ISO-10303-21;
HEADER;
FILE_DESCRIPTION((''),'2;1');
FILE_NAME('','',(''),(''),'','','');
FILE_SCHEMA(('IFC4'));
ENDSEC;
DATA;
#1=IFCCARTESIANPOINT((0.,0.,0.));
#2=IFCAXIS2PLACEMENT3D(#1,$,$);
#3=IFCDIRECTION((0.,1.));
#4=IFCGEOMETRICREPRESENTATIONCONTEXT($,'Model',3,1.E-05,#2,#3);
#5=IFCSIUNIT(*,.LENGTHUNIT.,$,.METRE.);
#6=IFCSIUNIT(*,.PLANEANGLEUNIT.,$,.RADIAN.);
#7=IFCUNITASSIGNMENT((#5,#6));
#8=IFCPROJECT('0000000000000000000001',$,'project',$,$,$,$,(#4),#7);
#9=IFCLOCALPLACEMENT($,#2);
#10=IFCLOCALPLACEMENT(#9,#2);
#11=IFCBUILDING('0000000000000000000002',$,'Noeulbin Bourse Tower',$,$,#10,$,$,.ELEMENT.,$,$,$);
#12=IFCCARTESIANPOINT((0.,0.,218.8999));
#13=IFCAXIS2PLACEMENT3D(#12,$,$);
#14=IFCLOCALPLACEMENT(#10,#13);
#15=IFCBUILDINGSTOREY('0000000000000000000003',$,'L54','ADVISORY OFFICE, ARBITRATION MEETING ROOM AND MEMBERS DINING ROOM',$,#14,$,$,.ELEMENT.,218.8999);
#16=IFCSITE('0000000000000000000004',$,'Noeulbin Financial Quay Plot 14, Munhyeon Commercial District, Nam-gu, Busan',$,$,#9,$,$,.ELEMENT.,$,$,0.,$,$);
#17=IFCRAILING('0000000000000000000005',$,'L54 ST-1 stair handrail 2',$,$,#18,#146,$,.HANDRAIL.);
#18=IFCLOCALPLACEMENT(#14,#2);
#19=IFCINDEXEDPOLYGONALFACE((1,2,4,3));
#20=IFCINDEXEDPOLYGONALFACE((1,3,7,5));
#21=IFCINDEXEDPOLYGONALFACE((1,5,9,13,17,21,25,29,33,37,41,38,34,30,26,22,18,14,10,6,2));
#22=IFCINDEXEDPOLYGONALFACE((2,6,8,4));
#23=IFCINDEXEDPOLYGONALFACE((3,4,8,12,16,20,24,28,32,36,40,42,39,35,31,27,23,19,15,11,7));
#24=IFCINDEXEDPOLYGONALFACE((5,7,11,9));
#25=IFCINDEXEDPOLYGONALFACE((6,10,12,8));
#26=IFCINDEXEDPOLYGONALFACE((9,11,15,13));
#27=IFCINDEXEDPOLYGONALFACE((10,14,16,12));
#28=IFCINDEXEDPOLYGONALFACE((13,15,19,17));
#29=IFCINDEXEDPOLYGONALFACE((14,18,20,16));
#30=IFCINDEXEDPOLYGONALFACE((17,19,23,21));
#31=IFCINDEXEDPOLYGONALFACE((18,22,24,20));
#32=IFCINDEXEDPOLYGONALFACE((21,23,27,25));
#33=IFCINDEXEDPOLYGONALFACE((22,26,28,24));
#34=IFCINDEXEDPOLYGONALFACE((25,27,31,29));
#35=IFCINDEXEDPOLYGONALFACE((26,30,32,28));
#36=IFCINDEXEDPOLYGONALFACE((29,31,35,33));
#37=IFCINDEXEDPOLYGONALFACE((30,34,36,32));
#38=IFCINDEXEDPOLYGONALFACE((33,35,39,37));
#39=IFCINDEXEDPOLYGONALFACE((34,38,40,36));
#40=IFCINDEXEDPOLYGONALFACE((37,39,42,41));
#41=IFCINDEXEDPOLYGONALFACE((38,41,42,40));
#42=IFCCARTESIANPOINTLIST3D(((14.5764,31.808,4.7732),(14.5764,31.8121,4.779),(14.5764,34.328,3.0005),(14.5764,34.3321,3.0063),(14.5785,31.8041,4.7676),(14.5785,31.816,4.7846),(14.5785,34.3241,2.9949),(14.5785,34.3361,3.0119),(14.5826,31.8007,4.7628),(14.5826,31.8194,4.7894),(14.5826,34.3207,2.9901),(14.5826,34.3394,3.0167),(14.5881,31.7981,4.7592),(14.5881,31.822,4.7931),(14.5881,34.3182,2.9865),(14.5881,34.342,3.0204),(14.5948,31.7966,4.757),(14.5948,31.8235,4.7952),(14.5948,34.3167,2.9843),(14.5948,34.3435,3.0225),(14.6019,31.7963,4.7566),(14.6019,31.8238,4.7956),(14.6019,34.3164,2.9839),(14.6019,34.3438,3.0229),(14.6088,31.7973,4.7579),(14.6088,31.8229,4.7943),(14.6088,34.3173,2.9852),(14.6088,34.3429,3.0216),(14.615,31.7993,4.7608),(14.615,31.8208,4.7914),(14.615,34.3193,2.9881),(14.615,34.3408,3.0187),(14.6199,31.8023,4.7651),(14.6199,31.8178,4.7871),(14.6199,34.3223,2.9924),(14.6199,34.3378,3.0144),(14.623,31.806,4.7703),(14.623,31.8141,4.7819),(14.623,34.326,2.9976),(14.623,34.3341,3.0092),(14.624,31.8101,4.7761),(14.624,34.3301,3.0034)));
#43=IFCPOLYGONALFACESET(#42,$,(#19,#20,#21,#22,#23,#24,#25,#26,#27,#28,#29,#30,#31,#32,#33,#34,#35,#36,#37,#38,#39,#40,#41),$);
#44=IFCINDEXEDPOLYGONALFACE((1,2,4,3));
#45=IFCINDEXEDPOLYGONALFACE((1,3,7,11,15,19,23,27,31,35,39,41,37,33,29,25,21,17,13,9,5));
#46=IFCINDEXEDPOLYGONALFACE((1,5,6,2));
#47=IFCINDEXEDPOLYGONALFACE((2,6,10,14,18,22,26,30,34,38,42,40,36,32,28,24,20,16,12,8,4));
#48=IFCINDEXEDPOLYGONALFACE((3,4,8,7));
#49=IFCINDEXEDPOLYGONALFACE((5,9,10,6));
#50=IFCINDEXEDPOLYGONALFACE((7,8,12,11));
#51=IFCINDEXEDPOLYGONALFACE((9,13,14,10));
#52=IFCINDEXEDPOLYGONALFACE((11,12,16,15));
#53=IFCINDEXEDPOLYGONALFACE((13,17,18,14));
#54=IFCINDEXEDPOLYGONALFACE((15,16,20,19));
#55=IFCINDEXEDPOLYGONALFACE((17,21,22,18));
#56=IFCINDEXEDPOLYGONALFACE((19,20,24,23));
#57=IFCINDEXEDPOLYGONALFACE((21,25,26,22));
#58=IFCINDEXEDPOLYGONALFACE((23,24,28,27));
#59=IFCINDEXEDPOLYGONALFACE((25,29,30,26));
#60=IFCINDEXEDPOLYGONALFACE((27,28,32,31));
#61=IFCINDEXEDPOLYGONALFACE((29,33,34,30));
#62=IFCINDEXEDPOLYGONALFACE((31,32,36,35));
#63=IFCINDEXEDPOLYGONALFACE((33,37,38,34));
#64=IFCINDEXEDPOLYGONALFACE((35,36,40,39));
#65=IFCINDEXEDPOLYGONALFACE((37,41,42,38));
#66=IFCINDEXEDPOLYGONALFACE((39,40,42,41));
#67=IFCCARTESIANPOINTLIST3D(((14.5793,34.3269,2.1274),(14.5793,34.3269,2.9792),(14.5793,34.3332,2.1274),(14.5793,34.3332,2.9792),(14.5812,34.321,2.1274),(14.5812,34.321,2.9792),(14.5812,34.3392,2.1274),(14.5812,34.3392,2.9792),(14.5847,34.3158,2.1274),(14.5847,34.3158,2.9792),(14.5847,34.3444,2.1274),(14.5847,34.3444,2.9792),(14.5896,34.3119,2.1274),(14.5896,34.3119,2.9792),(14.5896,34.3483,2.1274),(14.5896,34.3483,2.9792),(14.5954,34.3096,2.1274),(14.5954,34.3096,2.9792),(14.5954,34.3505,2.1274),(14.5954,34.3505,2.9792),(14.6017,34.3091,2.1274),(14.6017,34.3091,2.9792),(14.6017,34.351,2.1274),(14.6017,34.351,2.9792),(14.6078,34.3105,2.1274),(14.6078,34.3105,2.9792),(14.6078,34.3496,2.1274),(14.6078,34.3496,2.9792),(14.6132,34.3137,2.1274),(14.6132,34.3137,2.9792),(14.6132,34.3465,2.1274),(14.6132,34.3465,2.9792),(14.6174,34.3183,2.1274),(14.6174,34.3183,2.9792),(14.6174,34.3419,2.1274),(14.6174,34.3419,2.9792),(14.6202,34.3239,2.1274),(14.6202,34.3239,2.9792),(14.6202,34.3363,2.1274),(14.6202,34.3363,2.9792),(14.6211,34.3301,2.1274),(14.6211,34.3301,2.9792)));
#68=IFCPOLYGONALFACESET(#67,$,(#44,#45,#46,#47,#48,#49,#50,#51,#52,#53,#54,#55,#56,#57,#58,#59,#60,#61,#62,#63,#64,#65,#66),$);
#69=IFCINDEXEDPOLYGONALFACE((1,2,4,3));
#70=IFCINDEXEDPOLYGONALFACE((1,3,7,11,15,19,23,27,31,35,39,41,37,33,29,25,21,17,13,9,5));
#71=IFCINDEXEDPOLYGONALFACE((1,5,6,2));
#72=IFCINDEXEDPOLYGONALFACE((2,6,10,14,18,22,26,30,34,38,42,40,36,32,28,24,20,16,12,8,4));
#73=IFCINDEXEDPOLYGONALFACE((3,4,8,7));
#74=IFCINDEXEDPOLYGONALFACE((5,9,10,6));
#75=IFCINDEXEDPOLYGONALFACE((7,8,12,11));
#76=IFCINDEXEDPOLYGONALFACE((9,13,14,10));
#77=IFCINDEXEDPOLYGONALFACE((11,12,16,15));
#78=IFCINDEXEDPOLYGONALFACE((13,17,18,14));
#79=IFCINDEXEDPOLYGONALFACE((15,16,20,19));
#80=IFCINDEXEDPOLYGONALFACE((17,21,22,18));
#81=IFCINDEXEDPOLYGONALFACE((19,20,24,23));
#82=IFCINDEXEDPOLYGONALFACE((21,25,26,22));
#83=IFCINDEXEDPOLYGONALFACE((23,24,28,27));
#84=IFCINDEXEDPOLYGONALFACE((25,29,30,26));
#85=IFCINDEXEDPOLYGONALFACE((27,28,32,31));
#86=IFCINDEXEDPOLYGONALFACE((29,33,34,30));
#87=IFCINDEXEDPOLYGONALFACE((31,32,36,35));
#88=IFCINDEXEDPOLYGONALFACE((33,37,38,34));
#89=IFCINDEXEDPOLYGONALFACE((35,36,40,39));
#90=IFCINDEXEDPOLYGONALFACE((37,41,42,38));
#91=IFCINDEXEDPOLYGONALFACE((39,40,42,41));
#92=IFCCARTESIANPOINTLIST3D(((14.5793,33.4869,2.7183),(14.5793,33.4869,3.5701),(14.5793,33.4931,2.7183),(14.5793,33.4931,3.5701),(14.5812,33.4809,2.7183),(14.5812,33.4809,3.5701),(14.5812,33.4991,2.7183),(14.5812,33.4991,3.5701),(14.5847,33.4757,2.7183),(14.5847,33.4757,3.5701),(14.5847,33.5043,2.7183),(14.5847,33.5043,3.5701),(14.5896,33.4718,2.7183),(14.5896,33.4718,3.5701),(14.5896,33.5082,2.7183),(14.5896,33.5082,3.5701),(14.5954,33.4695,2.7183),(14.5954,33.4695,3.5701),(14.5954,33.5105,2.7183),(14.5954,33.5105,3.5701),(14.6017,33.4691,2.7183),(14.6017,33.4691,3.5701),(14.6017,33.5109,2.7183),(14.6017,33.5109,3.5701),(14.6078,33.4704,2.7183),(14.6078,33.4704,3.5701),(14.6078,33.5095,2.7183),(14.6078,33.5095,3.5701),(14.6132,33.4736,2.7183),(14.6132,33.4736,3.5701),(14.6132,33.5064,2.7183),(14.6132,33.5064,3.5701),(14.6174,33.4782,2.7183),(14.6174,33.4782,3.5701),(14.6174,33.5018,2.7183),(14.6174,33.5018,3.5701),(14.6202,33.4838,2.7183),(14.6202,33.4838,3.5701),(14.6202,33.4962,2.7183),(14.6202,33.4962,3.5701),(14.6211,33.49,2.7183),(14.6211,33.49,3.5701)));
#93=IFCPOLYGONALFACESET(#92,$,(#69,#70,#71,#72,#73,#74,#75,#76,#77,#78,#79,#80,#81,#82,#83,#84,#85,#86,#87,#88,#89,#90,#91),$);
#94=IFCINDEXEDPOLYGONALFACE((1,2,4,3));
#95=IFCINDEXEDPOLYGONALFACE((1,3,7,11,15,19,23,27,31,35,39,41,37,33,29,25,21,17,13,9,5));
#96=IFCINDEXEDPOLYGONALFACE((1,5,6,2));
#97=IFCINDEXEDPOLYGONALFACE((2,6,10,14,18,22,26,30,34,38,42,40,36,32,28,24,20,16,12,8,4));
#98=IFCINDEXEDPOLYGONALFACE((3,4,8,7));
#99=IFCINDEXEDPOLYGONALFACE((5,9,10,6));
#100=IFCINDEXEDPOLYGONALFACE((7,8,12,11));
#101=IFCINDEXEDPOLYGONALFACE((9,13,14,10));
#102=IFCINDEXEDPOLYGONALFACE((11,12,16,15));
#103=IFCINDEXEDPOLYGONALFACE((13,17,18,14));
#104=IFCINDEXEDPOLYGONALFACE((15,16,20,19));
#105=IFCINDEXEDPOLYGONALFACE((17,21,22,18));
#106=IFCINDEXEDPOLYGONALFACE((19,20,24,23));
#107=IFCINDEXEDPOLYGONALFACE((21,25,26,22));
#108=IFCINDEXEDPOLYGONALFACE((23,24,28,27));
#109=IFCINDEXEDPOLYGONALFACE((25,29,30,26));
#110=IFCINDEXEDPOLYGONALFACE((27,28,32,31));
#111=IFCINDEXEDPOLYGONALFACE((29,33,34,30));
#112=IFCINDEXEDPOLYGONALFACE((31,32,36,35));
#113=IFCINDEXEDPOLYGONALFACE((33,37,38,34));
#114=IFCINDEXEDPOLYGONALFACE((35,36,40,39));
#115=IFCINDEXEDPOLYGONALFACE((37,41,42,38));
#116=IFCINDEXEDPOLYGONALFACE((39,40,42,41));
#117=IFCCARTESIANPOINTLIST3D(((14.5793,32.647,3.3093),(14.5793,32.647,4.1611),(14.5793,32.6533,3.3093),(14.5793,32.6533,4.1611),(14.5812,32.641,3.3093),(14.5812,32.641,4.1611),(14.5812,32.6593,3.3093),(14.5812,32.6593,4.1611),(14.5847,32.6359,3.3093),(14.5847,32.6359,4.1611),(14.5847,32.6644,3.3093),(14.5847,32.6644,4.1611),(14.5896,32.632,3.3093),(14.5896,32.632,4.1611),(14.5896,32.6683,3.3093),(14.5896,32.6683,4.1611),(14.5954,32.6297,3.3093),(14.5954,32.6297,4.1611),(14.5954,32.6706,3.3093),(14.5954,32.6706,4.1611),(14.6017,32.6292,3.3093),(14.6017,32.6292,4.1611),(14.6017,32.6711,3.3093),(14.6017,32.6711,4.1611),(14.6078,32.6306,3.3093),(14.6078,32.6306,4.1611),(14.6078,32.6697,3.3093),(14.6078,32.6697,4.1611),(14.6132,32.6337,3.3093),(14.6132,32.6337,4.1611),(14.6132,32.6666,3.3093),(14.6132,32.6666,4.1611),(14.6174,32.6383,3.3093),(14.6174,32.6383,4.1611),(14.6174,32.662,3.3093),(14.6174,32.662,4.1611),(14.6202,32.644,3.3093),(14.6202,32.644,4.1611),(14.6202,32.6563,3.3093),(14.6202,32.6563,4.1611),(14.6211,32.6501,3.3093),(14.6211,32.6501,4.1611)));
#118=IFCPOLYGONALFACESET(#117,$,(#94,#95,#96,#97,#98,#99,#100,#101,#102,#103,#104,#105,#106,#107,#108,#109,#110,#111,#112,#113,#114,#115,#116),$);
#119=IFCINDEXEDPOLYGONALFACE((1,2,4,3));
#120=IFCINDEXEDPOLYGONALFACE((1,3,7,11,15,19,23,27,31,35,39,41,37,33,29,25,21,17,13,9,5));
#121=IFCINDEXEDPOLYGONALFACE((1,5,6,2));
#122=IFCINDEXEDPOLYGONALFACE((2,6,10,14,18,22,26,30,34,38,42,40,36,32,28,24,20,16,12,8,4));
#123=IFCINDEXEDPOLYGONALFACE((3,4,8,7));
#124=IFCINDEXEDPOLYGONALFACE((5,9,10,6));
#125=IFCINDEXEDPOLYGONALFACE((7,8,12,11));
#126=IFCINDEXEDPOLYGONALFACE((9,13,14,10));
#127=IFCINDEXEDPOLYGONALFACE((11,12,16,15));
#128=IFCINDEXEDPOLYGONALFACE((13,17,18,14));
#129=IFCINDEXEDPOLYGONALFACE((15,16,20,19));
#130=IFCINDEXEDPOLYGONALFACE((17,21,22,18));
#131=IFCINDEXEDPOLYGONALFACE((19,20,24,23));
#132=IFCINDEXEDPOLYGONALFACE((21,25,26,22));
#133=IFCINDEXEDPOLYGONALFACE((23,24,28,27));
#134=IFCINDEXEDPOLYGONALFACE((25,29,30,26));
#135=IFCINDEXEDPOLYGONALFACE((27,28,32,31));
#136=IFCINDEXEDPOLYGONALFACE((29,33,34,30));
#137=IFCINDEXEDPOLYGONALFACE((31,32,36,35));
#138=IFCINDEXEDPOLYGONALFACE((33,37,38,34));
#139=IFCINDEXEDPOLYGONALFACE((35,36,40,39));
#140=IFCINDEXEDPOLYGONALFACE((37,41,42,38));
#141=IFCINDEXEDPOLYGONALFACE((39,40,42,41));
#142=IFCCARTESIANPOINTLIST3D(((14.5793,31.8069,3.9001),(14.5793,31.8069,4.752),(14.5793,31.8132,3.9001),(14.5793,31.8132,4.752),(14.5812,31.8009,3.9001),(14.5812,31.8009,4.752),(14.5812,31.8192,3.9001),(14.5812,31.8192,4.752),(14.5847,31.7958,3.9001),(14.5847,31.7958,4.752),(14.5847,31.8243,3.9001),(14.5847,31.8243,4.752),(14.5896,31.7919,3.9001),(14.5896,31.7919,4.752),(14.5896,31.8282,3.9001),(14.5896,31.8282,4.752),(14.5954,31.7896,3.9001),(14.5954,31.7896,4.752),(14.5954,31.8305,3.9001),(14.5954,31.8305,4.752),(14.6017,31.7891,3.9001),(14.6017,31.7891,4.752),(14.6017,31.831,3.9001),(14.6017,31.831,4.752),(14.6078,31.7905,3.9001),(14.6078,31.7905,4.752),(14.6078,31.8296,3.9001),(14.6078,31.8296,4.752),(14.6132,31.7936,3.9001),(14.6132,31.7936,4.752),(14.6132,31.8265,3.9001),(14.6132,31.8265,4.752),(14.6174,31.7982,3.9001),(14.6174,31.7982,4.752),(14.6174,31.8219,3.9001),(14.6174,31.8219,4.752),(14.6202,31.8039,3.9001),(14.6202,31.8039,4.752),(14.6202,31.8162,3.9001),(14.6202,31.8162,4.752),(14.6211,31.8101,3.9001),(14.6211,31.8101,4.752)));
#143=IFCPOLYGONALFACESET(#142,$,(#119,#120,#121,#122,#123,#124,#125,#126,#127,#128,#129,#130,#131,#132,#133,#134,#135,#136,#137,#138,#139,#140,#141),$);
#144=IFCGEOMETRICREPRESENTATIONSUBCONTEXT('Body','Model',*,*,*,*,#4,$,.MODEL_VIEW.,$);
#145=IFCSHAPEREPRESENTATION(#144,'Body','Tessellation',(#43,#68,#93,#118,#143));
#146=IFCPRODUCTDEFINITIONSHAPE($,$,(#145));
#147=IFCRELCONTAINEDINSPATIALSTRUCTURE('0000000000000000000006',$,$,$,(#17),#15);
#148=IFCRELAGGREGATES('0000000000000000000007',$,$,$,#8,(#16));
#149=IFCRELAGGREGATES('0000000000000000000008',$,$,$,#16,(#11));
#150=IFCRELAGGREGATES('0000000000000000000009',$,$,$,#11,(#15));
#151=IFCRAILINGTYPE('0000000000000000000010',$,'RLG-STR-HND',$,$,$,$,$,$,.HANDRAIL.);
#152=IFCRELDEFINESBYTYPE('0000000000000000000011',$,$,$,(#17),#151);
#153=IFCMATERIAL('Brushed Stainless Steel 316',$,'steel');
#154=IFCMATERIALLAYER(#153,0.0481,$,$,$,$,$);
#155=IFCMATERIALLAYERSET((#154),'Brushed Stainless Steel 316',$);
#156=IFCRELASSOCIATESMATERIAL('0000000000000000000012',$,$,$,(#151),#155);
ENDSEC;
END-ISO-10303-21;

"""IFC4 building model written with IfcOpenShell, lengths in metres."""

from ifc_helpers import new_model, si_unit, direction, frame, origin, origin_2d, place, context, subcontext, project, spatial, circle, extrude, material, layer, layer_set, type_object, element, save


model = new_model("IFC4")

# Units and contexts
model_context = context("Model", 3, precision=1e-05, world=origin(), true_north=direction((0.0, 1.0)))
body_context = subcontext(model_context, "Body", "Model", "MODEL_VIEW")
ifc_project = project(units=[si_unit("LENGTHUNIT", "METRE"), si_unit("PLANEANGLEUNIT", "RADIAN")], contexts=[model_context])

# Site, building, storey
site_placement = place(None, origin())
site = spatial("IfcSite", under=ifc_project, at=site_placement, Name="Noeulbin Financial Quay Plot 14, Munhyeon Commercial District, Nam-gu, Busan", CompositionType="ELEMENT", RefElevation=0.0)
building_placement = place(site_placement, origin())
building = spatial("IfcBuilding", under=site, at=building_placement, Name="Noeulbin Bourse Tower", CompositionType="ELEMENT")
storey_placement = place(building_placement, frame((0.0, 0.0, 218.8999)))
storey = spatial("IfcBuildingStorey", under=building, at=storey_placement, Name="L54", Description="ADVISORY OFFICE, ARBITRATION MEETING ROOM AND MEMBERS DINING ROOM", CompositionType="ELEMENT", Elevation=218.8999)

# Railing
ifc_material_1 = material(Name="Brushed Stainless Steel 316", Category="steel")
ifc_layer_1 = layer(ifc_material_1, 0.0481)
ifc_layer_set_1 = layer_set([ifc_layer_1], Name="Brushed Stainless Steel 316")
railing_type_1 = type_object("IfcRailingType", Name="RLG-STR-HND", PredefinedType="HANDRAIL", material=ifc_layer_set_1)
railing_1_placement = place(storey_placement, frame((14.6001, 34.3301, 2.1274)))
element("IfcRailing", 1, at=railing_1_placement, inside=storey, type_object=railing_type_1, Name="L54 ST-1 stair handrail 2", PredefinedType="HANDRAIL", context=body_context, shape_type="SweptSolid", body=[
    extrude(circle(Radius=0.0239, at=origin_2d()), frame((0.0, 0.0, 0.876), z_axis=(0.0, -0.817904, 0.575354), x_axis=(1.0, 0.0, 0.0)), (0.0, 0.0, 1.0), 3.0811),
    extrude(circle(Radius=0.021, at=origin_2d()), origin(), (0.0, 0.0, 1.0), 0.8518),
    extrude(circle(Radius=0.021, at=origin_2d()), frame((0.0, -0.8401, 0.5908)), (0.0, 0.0, 1.0), 0.8518),
    extrude(circle(Radius=0.021, at=origin_2d()), frame((0.0, -1.6799, 1.1819)), (0.0, 0.0, 1.0), 0.8518),
    extrude(circle(Radius=0.021, at=origin_2d()), frame((0.0, -2.52, 1.7727)), (0.0, 0.0, 1.0), 0.8518),
])

save(model, "model.ifc")
